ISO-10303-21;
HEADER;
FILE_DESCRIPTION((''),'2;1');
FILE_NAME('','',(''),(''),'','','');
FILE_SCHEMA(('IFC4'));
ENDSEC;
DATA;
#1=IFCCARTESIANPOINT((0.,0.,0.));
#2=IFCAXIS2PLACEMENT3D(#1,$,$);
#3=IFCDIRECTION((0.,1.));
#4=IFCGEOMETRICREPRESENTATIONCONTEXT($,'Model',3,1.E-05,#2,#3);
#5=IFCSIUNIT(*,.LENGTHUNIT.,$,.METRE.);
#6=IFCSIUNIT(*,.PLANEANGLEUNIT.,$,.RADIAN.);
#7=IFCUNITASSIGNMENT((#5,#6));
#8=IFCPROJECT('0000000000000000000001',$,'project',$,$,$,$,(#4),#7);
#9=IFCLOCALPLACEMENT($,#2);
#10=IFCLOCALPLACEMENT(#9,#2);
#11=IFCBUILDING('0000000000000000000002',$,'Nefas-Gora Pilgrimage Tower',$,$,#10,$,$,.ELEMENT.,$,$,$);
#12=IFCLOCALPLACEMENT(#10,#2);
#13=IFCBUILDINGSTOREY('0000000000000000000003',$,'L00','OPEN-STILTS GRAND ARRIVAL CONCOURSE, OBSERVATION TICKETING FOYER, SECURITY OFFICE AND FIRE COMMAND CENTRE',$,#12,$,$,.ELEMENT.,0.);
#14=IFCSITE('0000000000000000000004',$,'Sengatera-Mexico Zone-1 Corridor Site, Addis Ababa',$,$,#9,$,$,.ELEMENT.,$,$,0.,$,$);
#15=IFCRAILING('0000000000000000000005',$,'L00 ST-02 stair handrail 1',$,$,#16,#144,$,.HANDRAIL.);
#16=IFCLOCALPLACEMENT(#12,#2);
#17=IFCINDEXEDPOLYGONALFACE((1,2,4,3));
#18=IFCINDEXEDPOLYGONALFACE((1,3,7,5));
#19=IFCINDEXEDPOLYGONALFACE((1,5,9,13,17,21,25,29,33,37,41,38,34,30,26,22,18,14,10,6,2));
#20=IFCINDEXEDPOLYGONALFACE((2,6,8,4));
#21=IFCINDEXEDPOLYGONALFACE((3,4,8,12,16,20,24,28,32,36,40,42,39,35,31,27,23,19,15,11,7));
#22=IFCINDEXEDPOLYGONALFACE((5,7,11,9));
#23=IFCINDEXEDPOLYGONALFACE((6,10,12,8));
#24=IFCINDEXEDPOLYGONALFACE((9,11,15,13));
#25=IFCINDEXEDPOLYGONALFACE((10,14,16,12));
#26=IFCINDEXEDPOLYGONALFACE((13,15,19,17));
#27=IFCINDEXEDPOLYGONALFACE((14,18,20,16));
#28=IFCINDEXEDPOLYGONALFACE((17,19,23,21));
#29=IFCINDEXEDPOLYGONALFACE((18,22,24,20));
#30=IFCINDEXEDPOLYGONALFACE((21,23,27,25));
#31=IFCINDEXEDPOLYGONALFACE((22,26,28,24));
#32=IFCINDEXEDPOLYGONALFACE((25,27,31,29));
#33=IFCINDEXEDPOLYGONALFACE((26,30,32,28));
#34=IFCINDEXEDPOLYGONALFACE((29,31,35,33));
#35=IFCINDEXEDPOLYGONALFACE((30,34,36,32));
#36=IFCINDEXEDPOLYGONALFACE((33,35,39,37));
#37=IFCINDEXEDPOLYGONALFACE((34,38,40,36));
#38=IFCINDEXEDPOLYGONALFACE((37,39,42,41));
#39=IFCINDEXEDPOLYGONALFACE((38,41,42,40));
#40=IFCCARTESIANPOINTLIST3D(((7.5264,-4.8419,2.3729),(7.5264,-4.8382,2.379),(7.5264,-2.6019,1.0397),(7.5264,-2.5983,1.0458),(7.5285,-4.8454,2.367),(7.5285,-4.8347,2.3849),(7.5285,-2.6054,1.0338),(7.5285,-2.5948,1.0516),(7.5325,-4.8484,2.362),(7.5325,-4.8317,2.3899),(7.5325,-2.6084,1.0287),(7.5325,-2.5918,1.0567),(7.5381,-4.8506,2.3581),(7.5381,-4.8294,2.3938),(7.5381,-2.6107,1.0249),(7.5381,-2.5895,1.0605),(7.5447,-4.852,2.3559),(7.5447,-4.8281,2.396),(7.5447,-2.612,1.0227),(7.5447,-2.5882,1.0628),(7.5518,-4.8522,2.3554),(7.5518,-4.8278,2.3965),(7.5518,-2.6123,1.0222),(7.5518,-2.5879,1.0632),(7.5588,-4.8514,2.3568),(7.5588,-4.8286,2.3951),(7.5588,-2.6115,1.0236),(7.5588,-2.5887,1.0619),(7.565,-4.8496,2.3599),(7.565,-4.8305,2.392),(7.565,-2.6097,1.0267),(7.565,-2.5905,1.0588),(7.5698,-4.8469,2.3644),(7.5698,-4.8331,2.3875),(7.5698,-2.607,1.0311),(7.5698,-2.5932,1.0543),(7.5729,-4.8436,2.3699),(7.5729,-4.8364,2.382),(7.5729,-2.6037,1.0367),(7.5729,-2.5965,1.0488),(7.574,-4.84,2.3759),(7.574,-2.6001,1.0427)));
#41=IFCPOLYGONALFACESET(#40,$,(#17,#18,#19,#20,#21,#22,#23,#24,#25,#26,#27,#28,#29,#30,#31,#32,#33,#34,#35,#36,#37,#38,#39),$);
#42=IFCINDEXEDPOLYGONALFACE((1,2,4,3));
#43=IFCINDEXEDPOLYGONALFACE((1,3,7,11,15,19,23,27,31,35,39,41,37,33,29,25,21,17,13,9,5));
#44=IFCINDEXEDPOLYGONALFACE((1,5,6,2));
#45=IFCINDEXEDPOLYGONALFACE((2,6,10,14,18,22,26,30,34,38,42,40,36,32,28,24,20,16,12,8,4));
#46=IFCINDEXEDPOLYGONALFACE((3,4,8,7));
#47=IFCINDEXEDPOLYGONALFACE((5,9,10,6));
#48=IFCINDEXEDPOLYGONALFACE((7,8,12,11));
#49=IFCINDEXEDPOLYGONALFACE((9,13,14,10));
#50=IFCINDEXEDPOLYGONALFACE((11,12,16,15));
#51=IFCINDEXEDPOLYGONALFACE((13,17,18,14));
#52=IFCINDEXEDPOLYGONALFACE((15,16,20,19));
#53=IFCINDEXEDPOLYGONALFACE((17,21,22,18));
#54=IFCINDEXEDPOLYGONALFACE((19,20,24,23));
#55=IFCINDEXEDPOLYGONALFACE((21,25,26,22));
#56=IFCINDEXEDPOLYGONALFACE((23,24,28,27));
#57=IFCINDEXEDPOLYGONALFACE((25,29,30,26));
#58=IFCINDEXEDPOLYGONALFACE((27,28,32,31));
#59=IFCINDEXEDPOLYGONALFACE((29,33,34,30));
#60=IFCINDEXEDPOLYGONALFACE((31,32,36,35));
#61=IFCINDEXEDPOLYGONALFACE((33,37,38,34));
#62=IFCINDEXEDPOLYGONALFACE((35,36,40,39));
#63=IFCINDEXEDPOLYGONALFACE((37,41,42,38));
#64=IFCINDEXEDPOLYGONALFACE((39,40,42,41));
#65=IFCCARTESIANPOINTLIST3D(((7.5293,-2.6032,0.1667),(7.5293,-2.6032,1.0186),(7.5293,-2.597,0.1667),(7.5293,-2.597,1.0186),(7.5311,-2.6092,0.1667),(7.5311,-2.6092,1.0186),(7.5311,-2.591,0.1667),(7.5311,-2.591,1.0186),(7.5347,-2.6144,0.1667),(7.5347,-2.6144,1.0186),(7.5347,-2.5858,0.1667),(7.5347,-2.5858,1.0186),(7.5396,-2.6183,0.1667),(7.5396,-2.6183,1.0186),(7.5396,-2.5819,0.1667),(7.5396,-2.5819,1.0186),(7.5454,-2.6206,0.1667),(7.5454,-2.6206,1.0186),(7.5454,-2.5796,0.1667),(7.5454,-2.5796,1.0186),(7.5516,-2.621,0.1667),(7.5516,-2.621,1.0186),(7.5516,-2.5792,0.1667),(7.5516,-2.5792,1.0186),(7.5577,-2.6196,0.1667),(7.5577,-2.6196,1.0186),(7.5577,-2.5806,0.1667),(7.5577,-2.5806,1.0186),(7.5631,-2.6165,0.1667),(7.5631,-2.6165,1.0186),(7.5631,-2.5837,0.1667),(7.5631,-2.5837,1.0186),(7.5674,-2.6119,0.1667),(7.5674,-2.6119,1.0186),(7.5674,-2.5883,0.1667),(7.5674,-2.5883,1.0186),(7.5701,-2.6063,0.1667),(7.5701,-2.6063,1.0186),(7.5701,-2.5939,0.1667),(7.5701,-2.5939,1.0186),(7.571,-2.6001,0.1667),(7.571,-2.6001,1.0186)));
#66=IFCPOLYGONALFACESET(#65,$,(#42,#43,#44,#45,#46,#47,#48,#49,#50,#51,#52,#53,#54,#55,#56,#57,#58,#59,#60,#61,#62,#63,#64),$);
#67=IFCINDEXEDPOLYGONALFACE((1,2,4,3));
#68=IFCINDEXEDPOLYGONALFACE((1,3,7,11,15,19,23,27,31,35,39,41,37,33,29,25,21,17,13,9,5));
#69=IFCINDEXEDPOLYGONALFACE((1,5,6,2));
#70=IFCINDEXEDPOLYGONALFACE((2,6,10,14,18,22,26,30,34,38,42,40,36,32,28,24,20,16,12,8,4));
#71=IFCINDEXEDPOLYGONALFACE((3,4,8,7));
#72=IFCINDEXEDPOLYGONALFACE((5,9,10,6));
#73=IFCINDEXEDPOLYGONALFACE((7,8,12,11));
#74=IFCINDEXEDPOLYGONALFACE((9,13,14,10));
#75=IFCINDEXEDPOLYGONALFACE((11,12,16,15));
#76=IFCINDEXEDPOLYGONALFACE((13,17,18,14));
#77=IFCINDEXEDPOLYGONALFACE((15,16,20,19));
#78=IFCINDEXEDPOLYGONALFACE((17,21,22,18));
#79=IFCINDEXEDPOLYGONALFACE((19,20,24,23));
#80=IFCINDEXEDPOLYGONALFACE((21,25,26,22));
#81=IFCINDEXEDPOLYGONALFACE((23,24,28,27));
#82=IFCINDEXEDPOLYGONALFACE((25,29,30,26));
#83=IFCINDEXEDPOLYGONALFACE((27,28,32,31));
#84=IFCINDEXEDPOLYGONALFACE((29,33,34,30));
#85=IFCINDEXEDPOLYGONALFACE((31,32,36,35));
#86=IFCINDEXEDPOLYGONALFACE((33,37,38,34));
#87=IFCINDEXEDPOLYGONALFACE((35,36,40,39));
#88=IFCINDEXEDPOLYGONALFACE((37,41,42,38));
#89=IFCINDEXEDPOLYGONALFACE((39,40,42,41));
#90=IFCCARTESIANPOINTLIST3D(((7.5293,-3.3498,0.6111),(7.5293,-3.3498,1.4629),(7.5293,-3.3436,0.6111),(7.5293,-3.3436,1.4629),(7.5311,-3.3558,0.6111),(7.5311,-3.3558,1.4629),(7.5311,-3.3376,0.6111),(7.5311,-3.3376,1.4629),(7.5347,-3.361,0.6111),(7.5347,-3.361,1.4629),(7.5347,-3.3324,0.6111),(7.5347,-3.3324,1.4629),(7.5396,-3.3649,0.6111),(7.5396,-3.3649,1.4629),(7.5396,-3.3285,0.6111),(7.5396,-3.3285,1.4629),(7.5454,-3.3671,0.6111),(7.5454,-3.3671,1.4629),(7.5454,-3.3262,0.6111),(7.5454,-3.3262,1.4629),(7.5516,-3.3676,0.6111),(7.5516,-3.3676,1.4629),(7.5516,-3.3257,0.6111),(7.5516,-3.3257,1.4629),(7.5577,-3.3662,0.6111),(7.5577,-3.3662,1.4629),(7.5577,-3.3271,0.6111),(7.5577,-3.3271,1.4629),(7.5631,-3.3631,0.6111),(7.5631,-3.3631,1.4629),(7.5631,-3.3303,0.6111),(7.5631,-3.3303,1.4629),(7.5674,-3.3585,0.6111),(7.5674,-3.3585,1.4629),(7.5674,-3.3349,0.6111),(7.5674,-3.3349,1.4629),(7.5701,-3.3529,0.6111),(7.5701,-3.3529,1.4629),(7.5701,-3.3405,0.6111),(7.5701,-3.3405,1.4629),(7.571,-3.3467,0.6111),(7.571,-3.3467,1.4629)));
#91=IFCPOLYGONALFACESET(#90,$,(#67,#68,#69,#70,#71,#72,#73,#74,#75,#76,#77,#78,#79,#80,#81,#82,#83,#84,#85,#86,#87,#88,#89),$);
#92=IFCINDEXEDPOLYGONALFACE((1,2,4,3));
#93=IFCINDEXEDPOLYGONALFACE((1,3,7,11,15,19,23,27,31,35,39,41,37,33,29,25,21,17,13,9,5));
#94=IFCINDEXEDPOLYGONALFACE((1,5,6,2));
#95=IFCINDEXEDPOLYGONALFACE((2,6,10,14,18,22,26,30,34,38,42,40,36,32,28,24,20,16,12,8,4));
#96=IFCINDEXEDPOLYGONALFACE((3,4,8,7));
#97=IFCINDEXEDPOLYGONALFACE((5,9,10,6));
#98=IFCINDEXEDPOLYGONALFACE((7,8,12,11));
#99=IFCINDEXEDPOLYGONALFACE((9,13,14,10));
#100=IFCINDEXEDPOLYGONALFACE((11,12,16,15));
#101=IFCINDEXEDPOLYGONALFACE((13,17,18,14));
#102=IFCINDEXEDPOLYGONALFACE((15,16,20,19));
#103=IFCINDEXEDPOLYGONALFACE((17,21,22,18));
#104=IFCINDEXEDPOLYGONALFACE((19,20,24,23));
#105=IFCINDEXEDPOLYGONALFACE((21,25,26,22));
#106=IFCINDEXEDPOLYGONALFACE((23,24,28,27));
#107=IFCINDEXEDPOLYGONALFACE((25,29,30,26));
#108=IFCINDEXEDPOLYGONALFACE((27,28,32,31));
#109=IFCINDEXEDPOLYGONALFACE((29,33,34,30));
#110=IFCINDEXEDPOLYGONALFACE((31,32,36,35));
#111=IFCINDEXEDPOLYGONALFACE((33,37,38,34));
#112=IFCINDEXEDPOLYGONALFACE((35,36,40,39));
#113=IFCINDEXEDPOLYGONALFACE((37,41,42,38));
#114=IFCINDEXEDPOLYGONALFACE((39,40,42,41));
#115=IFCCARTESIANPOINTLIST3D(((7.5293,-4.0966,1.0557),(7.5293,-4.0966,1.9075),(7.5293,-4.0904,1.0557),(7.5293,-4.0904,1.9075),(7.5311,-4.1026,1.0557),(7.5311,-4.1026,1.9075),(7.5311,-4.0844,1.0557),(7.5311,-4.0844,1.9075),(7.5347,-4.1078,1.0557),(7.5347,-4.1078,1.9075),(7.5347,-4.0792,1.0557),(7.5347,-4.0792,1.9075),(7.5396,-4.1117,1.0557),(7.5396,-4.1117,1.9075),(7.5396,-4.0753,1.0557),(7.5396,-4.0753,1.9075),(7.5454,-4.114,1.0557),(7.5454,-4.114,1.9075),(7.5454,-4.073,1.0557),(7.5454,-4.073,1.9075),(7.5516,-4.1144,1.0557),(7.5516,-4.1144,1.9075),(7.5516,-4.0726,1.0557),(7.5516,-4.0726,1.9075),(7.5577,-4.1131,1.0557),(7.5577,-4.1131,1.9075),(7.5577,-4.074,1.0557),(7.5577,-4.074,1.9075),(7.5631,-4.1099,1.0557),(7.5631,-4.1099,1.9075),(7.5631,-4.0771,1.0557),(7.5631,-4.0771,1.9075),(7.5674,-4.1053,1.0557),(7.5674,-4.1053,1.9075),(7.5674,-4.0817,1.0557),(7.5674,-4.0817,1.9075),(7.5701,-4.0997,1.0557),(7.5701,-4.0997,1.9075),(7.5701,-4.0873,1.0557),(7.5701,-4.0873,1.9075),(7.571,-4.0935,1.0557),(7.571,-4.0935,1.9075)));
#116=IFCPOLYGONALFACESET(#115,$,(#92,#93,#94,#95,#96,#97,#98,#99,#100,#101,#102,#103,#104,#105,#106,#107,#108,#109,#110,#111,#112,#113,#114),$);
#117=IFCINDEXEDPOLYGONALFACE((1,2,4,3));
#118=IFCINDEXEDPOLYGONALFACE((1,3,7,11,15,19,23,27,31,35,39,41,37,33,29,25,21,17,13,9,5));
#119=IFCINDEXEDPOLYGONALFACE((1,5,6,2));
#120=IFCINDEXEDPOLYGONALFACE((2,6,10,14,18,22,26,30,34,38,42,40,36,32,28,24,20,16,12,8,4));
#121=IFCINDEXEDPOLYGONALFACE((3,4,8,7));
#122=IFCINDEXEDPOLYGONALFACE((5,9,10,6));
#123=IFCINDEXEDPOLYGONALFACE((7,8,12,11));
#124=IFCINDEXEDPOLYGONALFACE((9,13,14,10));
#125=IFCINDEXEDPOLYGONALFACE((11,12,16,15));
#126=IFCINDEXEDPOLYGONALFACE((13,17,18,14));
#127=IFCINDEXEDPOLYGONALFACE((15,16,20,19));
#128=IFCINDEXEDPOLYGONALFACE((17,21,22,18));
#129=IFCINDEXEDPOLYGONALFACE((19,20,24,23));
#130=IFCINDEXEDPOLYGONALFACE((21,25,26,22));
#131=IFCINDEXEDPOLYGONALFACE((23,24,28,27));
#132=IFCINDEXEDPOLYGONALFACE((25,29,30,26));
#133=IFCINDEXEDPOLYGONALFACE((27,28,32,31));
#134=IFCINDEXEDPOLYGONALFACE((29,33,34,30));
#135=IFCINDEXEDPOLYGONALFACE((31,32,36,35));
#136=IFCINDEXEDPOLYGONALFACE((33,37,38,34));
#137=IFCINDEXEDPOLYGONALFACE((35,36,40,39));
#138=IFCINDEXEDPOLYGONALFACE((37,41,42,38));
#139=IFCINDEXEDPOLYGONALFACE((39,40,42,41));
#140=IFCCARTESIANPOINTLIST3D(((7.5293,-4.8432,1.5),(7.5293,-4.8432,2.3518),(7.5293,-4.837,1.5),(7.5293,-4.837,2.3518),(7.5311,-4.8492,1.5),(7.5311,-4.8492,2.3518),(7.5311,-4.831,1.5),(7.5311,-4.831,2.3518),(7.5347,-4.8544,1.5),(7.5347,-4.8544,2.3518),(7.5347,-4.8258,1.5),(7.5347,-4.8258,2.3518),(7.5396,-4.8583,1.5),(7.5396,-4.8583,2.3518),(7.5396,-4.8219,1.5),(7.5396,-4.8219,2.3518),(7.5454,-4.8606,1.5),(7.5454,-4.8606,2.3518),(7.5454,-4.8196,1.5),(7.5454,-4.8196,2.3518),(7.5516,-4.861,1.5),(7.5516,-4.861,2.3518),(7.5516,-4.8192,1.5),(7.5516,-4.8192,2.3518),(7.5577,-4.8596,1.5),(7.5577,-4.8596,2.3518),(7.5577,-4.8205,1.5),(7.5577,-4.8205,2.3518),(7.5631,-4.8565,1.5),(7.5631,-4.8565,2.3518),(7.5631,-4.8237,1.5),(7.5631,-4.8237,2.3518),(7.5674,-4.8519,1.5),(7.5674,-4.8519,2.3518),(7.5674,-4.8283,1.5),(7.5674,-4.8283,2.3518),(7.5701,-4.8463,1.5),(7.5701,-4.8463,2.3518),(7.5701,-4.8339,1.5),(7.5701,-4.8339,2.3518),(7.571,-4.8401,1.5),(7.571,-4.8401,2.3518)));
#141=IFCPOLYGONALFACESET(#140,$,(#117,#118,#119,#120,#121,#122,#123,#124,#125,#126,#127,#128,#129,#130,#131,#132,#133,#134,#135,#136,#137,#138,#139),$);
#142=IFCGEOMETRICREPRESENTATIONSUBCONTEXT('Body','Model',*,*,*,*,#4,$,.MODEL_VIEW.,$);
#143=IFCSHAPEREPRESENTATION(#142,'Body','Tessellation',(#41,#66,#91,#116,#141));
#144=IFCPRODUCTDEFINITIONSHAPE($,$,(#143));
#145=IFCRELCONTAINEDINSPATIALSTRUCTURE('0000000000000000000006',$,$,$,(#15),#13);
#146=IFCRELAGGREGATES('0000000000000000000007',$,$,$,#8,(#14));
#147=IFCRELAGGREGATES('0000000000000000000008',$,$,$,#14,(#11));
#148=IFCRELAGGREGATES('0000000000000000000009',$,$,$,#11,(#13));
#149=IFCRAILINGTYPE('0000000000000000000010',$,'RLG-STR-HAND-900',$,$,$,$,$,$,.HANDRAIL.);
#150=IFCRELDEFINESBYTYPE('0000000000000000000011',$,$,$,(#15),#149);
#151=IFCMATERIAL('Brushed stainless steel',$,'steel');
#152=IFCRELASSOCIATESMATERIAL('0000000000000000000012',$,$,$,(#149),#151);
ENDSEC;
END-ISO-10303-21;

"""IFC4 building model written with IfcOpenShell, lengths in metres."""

from ifc_helpers import new_model, si_unit, direction, frame, origin, origin_2d, place, context, subcontext, project, spatial, circle, extrude, material, type_object, element, save


model = new_model("IFC4")

# Units and contexts
model_context = context("Model", 3, precision=1e-05, world=origin(), true_north=direction((0.0, 1.0)))
body_context = subcontext(model_context, "Body", "Model", "MODEL_VIEW")
ifc_project = project(units=[si_unit("LENGTHUNIT", "METRE"), si_unit("PLANEANGLEUNIT", "RADIAN")], contexts=[model_context])

# Site, building, storey
site_placement = place(None, origin())
site = spatial("IfcSite", under=ifc_project, at=site_placement, Name="Sengatera-Mexico Zone-1 Corridor Site, Addis Ababa", CompositionType="ELEMENT", RefElevation=0.0)
building_placement = place(site_placement, origin())
building = spatial("IfcBuilding", under=site, at=building_placement, Name="Nefas-Gora Pilgrimage Tower", CompositionType="ELEMENT")
storey_placement = place(building_placement, origin())
storey = spatial("IfcBuildingStorey", under=building, at=storey_placement, Name="L00", Description="OPEN-STILTS GRAND ARRIVAL CONCOURSE, OBSERVATION TICKETING FOYER, SECURITY OFFICE AND FIRE COMMAND CENTRE", CompositionType="ELEMENT", Elevation=0.0)

# Railing
ifc_material_1 = material(Name="Brushed stainless steel", Category="steel")
railing_type_1 = type_object("IfcRailingType", Name="RLG-STR-HAND-900", PredefinedType="HANDRAIL", material=ifc_material_1)
railing_1_placement = place(storey_placement, frame((7.55, -2.6001, 0.1667)))
element("IfcRailing", 1, at=railing_1_placement, inside=storey, type_object=railing_type_1, Name="L00 ST-02 stair handrail 1", PredefinedType="HANDRAIL", context=body_context, shape_type="SweptSolid", body=[
    extrude(circle(Radius=0.0239, at=origin_2d()), frame((0.0, 0.0, 0.876), z_axis=(0.0, -0.859306, 0.511462), x_axis=(1.0, 0.0, 0.0)), (0.0, 0.0, 1.0), 2.6067),
    extrude(circle(Radius=0.021, at=origin_2d()), origin(), (0.0, 0.0, 1.0), 0.8518),
    extrude(circle(Radius=0.021, at=origin_2d()), frame((0.0, -0.7466, 0.4443)), (0.0, 0.0, 1.0), 0.8518),
    extrude(circle(Radius=0.021, at=origin_2d()), frame((0.0, -1.4934, 0.8889)), (0.0, 0.0, 1.0), 0.8518),
    extrude(circle(Radius=0.021, at=origin_2d()), frame((0.0, -2.24, 1.3333)), (0.0, 0.0, 1.0), 0.8518),
])

save(model, "model.ifc")
